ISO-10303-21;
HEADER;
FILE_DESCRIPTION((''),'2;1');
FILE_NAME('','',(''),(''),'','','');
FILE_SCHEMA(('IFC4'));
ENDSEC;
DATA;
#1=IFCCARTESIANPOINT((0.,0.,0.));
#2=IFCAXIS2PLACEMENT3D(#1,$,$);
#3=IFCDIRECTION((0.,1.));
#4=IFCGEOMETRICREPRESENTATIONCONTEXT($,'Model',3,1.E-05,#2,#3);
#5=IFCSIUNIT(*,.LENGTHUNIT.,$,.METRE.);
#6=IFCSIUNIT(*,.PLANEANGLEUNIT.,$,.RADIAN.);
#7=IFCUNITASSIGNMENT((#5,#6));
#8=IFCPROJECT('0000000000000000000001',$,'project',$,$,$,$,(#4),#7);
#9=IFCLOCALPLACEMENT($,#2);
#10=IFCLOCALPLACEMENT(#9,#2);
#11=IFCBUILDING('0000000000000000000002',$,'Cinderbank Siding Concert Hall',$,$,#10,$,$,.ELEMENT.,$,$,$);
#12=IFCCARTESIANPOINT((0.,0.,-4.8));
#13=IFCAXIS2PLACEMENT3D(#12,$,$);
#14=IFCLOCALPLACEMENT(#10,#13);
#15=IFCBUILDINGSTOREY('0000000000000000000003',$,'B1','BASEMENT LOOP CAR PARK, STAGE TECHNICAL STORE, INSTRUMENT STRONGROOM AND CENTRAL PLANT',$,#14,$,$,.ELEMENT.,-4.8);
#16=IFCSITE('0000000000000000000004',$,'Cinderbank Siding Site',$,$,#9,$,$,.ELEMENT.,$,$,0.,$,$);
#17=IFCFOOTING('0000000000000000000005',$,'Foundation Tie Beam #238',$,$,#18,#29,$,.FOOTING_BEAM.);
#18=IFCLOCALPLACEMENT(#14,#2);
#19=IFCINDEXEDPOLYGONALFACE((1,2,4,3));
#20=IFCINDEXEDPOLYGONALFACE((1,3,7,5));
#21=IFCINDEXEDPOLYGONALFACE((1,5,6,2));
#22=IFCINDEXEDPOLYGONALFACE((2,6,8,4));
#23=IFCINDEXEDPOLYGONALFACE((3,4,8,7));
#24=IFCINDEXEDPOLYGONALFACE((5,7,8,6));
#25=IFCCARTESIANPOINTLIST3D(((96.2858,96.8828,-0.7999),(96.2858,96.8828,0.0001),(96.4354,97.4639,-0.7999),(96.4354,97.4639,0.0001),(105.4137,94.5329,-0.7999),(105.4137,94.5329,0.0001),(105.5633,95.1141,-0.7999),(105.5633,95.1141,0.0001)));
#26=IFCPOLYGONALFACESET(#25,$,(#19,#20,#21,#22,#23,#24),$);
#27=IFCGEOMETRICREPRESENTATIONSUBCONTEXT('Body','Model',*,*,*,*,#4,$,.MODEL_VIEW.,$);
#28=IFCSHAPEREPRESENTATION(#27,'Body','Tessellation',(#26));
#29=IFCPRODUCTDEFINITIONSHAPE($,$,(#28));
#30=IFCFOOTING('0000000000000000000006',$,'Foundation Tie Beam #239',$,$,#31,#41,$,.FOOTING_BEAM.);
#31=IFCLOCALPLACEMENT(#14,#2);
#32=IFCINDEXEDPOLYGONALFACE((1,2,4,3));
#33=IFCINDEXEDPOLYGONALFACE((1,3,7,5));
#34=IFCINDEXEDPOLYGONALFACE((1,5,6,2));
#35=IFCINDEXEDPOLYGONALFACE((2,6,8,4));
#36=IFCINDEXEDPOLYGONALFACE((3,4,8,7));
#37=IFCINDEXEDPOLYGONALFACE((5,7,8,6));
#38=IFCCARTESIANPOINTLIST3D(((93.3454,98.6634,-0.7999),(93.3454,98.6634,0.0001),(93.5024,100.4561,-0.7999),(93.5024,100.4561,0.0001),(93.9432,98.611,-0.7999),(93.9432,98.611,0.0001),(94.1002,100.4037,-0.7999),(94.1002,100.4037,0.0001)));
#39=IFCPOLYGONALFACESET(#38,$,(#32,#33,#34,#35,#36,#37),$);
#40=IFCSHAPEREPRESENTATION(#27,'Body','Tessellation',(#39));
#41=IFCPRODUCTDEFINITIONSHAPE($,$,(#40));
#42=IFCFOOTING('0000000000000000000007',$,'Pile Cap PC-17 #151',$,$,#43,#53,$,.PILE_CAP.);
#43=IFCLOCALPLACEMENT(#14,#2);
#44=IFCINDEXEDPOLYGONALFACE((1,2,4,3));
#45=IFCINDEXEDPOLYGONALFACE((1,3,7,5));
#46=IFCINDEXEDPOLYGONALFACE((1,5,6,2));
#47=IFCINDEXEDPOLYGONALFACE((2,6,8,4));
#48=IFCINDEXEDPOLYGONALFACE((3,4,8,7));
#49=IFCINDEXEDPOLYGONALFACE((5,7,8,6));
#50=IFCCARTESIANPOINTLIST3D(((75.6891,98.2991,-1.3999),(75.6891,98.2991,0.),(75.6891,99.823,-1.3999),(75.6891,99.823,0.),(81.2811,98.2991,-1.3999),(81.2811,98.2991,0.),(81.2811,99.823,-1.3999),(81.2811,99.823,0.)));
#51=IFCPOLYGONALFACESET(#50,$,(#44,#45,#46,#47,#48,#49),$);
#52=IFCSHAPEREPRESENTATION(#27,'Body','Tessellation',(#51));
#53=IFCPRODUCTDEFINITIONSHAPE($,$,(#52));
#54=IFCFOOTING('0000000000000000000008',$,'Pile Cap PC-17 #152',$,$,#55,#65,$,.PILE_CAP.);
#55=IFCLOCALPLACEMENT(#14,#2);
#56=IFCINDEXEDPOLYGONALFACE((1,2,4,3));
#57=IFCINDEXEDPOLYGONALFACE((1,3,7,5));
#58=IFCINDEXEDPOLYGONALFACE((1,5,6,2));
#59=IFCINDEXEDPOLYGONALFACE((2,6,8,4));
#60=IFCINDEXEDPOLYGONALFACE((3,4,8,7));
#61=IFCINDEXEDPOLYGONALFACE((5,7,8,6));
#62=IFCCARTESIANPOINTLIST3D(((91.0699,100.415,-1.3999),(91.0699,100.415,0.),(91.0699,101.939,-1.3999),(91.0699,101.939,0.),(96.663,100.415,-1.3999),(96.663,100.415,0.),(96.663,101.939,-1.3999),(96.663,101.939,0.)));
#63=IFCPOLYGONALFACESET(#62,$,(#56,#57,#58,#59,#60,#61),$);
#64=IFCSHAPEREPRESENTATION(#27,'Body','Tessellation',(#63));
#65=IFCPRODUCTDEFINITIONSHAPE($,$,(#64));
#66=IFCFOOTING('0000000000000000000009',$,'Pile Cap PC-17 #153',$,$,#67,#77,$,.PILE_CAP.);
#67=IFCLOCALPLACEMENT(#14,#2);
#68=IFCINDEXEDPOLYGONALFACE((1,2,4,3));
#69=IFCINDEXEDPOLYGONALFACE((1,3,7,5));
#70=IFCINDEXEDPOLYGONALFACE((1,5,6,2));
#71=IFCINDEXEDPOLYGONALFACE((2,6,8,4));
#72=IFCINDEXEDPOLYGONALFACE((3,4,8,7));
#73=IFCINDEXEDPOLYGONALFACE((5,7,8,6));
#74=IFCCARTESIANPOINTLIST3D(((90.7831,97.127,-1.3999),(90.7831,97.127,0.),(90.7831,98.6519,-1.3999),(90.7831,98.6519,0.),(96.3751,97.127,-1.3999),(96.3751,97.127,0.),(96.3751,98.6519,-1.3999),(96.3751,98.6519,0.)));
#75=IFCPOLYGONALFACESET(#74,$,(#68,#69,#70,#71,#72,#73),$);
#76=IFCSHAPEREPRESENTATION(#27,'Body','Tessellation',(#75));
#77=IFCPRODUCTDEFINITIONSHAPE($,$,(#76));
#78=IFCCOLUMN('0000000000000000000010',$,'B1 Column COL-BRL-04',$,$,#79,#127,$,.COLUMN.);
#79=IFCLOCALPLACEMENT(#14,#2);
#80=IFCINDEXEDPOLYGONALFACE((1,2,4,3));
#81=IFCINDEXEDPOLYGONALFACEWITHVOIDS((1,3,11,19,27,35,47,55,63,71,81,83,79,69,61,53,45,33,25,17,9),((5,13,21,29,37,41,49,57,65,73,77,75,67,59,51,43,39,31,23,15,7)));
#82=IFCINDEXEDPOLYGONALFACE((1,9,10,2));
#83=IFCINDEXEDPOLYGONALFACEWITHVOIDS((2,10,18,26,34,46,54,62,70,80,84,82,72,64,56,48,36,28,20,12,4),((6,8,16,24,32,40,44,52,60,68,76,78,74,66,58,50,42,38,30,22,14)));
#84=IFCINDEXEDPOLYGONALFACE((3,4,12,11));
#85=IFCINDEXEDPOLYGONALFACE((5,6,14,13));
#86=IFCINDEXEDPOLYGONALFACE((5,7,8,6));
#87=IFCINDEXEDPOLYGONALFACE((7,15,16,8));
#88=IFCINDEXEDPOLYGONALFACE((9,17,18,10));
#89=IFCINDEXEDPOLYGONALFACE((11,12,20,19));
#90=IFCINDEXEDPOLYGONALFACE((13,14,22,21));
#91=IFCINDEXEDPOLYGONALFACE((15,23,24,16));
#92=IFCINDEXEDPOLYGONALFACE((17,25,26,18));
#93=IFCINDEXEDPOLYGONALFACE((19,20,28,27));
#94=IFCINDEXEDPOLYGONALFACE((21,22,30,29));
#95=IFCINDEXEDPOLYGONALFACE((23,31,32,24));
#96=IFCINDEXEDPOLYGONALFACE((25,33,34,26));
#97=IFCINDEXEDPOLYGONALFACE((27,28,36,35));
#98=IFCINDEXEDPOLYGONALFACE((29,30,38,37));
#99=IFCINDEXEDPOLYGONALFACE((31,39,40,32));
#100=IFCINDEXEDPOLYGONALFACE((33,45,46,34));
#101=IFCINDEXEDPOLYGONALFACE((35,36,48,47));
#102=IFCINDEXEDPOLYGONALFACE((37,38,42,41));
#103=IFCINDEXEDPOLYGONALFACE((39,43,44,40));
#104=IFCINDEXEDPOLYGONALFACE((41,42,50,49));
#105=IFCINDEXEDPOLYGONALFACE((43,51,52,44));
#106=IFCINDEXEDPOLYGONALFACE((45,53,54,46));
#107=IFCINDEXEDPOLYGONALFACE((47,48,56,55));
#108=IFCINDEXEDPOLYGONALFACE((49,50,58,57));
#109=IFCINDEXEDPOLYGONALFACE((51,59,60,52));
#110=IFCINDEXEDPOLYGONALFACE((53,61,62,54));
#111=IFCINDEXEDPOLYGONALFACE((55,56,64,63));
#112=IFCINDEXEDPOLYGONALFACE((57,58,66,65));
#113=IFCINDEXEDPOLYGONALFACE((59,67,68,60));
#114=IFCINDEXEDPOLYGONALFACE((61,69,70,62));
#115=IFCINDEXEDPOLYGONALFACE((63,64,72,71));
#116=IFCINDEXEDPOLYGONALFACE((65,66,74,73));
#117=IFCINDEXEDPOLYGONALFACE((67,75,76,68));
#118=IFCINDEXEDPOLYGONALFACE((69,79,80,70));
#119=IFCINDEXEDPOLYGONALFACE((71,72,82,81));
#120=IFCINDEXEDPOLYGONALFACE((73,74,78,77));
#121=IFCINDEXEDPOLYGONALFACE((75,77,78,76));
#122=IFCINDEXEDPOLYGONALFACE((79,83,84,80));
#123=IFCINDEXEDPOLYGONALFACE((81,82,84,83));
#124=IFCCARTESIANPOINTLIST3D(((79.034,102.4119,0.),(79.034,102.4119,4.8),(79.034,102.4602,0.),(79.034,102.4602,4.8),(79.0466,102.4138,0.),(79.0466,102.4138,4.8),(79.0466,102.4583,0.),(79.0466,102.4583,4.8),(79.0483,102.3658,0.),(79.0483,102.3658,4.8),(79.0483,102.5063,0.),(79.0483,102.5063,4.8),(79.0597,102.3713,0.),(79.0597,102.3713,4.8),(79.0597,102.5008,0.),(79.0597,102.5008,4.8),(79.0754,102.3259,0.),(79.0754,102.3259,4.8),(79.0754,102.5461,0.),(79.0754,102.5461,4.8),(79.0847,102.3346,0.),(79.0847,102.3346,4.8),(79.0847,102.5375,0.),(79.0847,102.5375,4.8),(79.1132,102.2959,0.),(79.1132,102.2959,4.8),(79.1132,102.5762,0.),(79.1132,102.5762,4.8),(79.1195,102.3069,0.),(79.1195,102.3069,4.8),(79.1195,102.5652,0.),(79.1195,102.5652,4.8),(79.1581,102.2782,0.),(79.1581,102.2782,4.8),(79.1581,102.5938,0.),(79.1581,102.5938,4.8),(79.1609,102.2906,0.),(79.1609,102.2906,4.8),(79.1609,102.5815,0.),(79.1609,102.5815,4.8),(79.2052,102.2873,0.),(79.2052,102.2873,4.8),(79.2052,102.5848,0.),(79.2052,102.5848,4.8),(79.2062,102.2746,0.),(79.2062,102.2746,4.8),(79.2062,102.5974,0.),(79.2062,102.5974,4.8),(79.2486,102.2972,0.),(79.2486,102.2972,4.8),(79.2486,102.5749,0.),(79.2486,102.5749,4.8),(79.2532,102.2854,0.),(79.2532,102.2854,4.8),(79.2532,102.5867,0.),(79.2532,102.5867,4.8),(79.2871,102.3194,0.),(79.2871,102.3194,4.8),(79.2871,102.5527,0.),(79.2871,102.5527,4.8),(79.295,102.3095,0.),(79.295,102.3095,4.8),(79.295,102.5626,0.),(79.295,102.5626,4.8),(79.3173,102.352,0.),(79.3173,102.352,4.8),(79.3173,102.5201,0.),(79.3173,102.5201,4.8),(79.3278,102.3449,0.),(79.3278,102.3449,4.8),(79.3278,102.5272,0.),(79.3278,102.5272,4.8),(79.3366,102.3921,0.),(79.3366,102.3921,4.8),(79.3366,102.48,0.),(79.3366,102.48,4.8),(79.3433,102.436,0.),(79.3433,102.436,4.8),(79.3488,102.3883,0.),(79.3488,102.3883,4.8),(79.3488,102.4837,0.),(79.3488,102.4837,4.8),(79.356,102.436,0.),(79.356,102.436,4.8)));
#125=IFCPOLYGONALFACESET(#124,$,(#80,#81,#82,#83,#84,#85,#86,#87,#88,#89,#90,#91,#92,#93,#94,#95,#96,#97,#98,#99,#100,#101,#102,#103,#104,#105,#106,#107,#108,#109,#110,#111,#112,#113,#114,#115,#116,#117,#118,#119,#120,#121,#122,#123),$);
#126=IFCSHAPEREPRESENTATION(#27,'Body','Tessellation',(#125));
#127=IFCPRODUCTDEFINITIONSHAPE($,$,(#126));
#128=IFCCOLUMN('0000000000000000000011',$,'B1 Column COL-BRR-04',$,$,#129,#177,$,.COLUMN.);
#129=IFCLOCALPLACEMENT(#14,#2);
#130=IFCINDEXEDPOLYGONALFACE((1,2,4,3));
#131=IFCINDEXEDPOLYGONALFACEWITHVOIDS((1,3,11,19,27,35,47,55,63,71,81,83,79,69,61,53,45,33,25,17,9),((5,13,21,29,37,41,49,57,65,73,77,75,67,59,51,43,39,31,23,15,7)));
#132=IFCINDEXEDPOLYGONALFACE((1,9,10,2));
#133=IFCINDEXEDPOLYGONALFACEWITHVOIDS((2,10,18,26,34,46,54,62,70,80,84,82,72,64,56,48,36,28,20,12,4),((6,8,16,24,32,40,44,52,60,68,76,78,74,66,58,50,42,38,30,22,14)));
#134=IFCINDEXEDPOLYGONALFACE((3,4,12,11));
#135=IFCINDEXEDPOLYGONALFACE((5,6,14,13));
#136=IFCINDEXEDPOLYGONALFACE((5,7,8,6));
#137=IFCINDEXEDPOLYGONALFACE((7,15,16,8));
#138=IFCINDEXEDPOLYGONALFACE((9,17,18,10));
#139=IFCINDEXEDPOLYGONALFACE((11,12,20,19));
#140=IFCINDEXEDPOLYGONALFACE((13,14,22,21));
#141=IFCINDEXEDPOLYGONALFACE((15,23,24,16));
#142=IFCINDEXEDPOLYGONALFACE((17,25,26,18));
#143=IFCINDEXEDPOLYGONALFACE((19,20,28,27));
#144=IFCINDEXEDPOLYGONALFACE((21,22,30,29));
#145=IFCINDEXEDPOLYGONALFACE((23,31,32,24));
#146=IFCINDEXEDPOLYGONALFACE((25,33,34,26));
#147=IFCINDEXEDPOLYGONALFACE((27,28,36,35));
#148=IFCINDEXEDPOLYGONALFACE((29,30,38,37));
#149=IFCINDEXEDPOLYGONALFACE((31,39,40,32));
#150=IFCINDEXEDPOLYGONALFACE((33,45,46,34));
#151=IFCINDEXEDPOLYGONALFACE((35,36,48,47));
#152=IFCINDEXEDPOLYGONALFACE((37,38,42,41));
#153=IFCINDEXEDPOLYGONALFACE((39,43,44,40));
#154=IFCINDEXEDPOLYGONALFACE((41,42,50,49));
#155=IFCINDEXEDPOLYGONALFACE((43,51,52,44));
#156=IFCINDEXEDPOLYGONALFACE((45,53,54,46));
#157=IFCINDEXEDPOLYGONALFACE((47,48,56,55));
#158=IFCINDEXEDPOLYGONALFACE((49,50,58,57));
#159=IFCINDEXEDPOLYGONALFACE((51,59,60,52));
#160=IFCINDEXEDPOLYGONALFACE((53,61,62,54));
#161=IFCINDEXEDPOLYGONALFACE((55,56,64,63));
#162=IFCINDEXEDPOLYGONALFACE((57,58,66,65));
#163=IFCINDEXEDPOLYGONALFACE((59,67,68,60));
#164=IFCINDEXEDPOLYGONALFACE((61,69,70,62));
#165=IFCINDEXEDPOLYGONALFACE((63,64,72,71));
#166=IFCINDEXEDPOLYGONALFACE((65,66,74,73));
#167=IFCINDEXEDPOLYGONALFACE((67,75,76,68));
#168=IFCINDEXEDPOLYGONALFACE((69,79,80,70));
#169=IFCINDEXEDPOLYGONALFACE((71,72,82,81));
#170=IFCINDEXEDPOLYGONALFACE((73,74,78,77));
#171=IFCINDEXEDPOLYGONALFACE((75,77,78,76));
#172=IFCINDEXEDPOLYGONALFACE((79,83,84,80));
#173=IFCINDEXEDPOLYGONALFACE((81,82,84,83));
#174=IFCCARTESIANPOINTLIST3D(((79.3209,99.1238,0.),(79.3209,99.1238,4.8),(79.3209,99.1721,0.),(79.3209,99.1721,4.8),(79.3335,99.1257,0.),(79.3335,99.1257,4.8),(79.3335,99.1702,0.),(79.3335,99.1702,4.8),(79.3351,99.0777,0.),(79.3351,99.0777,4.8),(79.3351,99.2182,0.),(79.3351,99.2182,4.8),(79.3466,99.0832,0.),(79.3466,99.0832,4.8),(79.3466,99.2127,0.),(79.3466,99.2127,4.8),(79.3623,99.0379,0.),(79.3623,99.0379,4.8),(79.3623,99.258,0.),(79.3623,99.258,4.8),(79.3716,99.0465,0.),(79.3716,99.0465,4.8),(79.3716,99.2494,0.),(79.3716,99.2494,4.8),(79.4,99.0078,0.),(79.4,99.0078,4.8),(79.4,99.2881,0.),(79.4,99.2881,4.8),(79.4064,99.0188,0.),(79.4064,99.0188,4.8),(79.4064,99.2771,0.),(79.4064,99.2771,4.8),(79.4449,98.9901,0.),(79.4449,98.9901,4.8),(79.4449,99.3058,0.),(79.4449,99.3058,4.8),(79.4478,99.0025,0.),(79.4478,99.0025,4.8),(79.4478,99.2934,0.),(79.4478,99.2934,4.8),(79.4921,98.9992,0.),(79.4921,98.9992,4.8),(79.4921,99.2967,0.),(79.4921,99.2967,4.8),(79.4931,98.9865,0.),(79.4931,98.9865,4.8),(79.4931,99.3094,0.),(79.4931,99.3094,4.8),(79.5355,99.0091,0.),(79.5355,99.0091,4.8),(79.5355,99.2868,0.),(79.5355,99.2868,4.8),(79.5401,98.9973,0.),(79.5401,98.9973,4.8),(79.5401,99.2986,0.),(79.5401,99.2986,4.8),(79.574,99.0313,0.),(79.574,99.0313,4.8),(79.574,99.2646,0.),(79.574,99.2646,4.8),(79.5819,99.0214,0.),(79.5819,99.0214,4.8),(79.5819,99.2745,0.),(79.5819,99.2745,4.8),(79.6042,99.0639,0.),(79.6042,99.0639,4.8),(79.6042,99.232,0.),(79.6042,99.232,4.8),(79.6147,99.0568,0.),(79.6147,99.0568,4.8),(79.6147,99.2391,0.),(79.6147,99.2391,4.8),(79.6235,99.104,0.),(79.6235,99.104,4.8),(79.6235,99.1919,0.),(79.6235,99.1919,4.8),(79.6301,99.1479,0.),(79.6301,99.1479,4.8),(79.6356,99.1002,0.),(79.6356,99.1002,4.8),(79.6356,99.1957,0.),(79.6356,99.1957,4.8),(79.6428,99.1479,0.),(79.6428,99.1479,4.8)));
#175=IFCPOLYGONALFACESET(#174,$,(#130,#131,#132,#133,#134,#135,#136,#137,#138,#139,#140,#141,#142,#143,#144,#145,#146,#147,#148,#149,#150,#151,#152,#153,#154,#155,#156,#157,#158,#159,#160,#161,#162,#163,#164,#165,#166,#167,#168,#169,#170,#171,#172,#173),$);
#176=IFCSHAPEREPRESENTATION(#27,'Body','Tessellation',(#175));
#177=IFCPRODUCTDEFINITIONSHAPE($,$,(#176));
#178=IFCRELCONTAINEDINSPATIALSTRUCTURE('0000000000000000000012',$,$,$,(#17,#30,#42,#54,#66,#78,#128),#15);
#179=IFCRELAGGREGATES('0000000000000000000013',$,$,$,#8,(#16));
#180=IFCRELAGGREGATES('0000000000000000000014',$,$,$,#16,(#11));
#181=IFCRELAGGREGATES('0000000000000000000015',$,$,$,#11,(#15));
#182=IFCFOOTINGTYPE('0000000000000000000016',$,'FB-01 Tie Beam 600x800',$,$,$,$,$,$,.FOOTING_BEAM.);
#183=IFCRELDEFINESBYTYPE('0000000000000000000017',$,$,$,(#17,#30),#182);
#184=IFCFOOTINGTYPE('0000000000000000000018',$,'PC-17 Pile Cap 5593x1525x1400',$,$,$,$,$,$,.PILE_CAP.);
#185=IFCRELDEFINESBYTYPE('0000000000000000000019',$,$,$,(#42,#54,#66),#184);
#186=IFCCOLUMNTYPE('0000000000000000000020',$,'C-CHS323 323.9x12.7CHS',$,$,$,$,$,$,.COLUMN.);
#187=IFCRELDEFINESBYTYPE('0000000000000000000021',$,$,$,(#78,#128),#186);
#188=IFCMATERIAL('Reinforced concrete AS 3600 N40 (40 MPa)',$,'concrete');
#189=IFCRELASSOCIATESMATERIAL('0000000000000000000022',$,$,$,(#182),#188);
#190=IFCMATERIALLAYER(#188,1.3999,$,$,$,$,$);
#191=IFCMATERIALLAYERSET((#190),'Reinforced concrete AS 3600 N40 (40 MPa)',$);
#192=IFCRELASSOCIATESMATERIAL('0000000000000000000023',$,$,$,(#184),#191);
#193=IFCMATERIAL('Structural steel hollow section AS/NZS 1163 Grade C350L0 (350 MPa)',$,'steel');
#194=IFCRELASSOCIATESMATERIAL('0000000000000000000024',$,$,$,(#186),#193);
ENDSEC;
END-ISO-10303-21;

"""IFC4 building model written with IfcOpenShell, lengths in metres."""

from ifc_helpers import new_model, si_unit, direction, frame, origin, origin_2d, place, context, subcontext, project, spatial, rectangle, hollow_circle, extrude, material, layer, layer_set, material_profile, profile_set, type_object, element, save


model = new_model("IFC4")

# Units and contexts
model_context = context("Model", 3, precision=1e-05, world=origin(), true_north=direction((0.0, 1.0)))
body_context = subcontext(model_context, "Body", "Model", "MODEL_VIEW")
ifc_project = project(units=[si_unit("LENGTHUNIT", "METRE"), si_unit("PLANEANGLEUNIT", "RADIAN")], contexts=[model_context])

# Site, building, storey
site_placement = place(None, origin())
site = spatial("IfcSite", under=ifc_project, at=site_placement, Name="Cinderbank Siding Site", CompositionType="ELEMENT", RefElevation=0.0)
building_placement = place(site_placement, origin())
building = spatial("IfcBuilding", under=site, at=building_placement, Name="Cinderbank Siding Concert Hall", CompositionType="ELEMENT")
storey_placement = place(building_placement, frame((0.0, 0.0, -4.8)))
storey = spatial("IfcBuildingStorey", under=building, at=storey_placement, Name="B1", Description="BASEMENT LOOP CAR PARK, STAGE TECHNICAL STORE, INSTRUMENT STRONGROOM AND CENTRAL PLANT", CompositionType="ELEMENT", Elevation=-4.8)

# Shared definitions
ifc_material_1 = material(Name="Reinforced concrete AS 3600 N40 (40 MPa)", Category="concrete")

# Footings
ifc_material_profile_1 = material_profile(ifc_material_1, rectangle(XDim=0.6001, YDim=0.8, at=origin_2d()), Name="RC-FB-600x800", Category="LoadBearing")
ifc_profile_set_1 = profile_set([ifc_material_profile_1], Name="Reinforced concrete AS 3600 N40 (40 MPa)")
footing_type_1 = type_object("IfcFootingType", Name="FB-01 Tie Beam 600x800", PredefinedType="FOOTING_BEAM", material=ifc_profile_set_1)
footing_1_placement = place(storey_placement, frame((96.3606, 97.1733, -0.3999), z_axis=(0.968425, -0.249307, 0.0), x_axis=(0.249307, 0.968425, 0.0)))
element("IfcFooting", 1, at=footing_1_placement, inside=storey, type_object=footing_type_1, Name="Foundation Tie Beam #238", PredefinedType="FOOTING_BEAM", context=body_context, shape_type="SweptSolid", body=[
    extrude(rectangle(XDim=0.6001, YDim=0.8, at=origin_2d()), origin(), (0.0, 0.0, 1.0), 9.4255),
])
footing_2_placement = place(storey_placement, frame((93.6443, 98.6372, -0.3999), z_axis=(0.087233, 0.996188, 0.0), x_axis=(-0.996188, 0.087233, 0.0)))
element("IfcFooting", 2, at=footing_2_placement, inside=storey, type_object=footing_type_1, Name="Foundation Tie Beam #239", PredefinedType="FOOTING_BEAM", context=body_context, shape_type="SweptSolid", body=[
    extrude(rectangle(XDim=0.6001, YDim=0.8, at=origin_2d()), origin(), (0.0, 0.0, 1.0), 1.7996),
])
ifc_layer = layer(ifc_material_1, 1.3999)
ifc_layer_set = layer_set([ifc_layer], Name="Reinforced concrete AS 3600 N40 (40 MPa)")
footing_type_2 = type_object("IfcFootingType", Name="PC-17 Pile Cap 5593x1525x1400", PredefinedType="PILE_CAP", material=ifc_layer_set)
footing_3_placement = place(storey_placement, frame((78.4851, 99.061, -1.3999), z_axis=(0.0, 0.0, 1.0), x_axis=(1.0, 0.0, 0.0)))
element("IfcFooting", 3, at=footing_3_placement, inside=storey, type_object=footing_type_2, Name="Pile Cap PC-17 #151", PredefinedType="PILE_CAP", context=body_context, shape_type="SweptSolid", body=[
    extrude(rectangle(XDim=5.592, YDim=1.5239, at=origin_2d()), origin(), (0.0, 0.0, 1.0), 1.3999),
])
footing_4_placement = place(storey_placement, frame((93.8665, 101.177, -1.3999), z_axis=(0.0, 0.0, 1.0), x_axis=(1.0, 0.0, 0.0)))
element("IfcFooting", 4, at=footing_4_placement, inside=storey, type_object=footing_type_2, Name="Pile Cap PC-17 #152", PredefinedType="PILE_CAP", context=body_context, shape_type="SweptSolid", body=[
    extrude(rectangle(XDim=5.593, YDim=1.5239, at=origin_2d()), origin(), (0.0, 0.0, 1.0), 1.3999),
])
footing_5_placement = place(storey_placement, frame((93.5791, 97.8894, -1.3999), z_axis=(0.0, 0.0, 1.0), x_axis=(1.0, 0.0, 0.0)))
element("IfcFooting", 5, at=footing_5_placement, inside=storey, type_object=footing_type_2, Name="Pile Cap PC-17 #153", PredefinedType="PILE_CAP", context=body_context, shape_type="SweptSolid", body=[
    extrude(rectangle(XDim=5.592, YDim=1.5249, at=origin_2d()), origin(), (0.0, 0.0, 1.0), 1.3999),
])

# Columns
ifc_material_2 = material(Name="Structural steel hollow section AS/NZS 1163 Grade C350L0 (350 MPa)", Category="steel")
ifc_material_profile_2 = material_profile(ifc_material_2, hollow_circle(Radius=0.1619, WallThickness=0.0127, at=origin_2d()), Name="323.9x12.7CHS", Category="LoadBearing")
ifc_profile_set_2 = profile_set([ifc_material_profile_2], Name="Structural steel hollow section AS/NZS 1163 Grade C350L0 (350 MPa)")
column_type = type_object("IfcColumnType", Name="C-CHS323 323.9x12.7CHS", PredefinedType="COLUMN", material=ifc_profile_set_2)
for number, where, z_axis, x_axis, name in (
    (6, (79.1941, 102.436, 0.0), (0.0, 0.0, 1.0), (1.0, 0.0, 0.0), "B1 Column COL-BRL-04"),
    (7, (79.481, 99.1479, 0.0), (0.0, 0.0, 1.0), (1.0, 0.0, 0.0), "B1 Column COL-BRR-04"),
):
    element("IfcColumn", number, at=place(storey_placement, frame(where, z_axis=z_axis, x_axis=x_axis)), inside=storey, type_object=column_type, Name=name, PredefinedType="COLUMN", context=body_context, shape_type="SweptSolid", body=[
        extrude(hollow_circle(Radius=0.1619, WallThickness=0.0127, at=origin_2d()), origin(), (0.0, 0.0, 1.0), 4.8),
    ])

save(model, "model.ifc")
